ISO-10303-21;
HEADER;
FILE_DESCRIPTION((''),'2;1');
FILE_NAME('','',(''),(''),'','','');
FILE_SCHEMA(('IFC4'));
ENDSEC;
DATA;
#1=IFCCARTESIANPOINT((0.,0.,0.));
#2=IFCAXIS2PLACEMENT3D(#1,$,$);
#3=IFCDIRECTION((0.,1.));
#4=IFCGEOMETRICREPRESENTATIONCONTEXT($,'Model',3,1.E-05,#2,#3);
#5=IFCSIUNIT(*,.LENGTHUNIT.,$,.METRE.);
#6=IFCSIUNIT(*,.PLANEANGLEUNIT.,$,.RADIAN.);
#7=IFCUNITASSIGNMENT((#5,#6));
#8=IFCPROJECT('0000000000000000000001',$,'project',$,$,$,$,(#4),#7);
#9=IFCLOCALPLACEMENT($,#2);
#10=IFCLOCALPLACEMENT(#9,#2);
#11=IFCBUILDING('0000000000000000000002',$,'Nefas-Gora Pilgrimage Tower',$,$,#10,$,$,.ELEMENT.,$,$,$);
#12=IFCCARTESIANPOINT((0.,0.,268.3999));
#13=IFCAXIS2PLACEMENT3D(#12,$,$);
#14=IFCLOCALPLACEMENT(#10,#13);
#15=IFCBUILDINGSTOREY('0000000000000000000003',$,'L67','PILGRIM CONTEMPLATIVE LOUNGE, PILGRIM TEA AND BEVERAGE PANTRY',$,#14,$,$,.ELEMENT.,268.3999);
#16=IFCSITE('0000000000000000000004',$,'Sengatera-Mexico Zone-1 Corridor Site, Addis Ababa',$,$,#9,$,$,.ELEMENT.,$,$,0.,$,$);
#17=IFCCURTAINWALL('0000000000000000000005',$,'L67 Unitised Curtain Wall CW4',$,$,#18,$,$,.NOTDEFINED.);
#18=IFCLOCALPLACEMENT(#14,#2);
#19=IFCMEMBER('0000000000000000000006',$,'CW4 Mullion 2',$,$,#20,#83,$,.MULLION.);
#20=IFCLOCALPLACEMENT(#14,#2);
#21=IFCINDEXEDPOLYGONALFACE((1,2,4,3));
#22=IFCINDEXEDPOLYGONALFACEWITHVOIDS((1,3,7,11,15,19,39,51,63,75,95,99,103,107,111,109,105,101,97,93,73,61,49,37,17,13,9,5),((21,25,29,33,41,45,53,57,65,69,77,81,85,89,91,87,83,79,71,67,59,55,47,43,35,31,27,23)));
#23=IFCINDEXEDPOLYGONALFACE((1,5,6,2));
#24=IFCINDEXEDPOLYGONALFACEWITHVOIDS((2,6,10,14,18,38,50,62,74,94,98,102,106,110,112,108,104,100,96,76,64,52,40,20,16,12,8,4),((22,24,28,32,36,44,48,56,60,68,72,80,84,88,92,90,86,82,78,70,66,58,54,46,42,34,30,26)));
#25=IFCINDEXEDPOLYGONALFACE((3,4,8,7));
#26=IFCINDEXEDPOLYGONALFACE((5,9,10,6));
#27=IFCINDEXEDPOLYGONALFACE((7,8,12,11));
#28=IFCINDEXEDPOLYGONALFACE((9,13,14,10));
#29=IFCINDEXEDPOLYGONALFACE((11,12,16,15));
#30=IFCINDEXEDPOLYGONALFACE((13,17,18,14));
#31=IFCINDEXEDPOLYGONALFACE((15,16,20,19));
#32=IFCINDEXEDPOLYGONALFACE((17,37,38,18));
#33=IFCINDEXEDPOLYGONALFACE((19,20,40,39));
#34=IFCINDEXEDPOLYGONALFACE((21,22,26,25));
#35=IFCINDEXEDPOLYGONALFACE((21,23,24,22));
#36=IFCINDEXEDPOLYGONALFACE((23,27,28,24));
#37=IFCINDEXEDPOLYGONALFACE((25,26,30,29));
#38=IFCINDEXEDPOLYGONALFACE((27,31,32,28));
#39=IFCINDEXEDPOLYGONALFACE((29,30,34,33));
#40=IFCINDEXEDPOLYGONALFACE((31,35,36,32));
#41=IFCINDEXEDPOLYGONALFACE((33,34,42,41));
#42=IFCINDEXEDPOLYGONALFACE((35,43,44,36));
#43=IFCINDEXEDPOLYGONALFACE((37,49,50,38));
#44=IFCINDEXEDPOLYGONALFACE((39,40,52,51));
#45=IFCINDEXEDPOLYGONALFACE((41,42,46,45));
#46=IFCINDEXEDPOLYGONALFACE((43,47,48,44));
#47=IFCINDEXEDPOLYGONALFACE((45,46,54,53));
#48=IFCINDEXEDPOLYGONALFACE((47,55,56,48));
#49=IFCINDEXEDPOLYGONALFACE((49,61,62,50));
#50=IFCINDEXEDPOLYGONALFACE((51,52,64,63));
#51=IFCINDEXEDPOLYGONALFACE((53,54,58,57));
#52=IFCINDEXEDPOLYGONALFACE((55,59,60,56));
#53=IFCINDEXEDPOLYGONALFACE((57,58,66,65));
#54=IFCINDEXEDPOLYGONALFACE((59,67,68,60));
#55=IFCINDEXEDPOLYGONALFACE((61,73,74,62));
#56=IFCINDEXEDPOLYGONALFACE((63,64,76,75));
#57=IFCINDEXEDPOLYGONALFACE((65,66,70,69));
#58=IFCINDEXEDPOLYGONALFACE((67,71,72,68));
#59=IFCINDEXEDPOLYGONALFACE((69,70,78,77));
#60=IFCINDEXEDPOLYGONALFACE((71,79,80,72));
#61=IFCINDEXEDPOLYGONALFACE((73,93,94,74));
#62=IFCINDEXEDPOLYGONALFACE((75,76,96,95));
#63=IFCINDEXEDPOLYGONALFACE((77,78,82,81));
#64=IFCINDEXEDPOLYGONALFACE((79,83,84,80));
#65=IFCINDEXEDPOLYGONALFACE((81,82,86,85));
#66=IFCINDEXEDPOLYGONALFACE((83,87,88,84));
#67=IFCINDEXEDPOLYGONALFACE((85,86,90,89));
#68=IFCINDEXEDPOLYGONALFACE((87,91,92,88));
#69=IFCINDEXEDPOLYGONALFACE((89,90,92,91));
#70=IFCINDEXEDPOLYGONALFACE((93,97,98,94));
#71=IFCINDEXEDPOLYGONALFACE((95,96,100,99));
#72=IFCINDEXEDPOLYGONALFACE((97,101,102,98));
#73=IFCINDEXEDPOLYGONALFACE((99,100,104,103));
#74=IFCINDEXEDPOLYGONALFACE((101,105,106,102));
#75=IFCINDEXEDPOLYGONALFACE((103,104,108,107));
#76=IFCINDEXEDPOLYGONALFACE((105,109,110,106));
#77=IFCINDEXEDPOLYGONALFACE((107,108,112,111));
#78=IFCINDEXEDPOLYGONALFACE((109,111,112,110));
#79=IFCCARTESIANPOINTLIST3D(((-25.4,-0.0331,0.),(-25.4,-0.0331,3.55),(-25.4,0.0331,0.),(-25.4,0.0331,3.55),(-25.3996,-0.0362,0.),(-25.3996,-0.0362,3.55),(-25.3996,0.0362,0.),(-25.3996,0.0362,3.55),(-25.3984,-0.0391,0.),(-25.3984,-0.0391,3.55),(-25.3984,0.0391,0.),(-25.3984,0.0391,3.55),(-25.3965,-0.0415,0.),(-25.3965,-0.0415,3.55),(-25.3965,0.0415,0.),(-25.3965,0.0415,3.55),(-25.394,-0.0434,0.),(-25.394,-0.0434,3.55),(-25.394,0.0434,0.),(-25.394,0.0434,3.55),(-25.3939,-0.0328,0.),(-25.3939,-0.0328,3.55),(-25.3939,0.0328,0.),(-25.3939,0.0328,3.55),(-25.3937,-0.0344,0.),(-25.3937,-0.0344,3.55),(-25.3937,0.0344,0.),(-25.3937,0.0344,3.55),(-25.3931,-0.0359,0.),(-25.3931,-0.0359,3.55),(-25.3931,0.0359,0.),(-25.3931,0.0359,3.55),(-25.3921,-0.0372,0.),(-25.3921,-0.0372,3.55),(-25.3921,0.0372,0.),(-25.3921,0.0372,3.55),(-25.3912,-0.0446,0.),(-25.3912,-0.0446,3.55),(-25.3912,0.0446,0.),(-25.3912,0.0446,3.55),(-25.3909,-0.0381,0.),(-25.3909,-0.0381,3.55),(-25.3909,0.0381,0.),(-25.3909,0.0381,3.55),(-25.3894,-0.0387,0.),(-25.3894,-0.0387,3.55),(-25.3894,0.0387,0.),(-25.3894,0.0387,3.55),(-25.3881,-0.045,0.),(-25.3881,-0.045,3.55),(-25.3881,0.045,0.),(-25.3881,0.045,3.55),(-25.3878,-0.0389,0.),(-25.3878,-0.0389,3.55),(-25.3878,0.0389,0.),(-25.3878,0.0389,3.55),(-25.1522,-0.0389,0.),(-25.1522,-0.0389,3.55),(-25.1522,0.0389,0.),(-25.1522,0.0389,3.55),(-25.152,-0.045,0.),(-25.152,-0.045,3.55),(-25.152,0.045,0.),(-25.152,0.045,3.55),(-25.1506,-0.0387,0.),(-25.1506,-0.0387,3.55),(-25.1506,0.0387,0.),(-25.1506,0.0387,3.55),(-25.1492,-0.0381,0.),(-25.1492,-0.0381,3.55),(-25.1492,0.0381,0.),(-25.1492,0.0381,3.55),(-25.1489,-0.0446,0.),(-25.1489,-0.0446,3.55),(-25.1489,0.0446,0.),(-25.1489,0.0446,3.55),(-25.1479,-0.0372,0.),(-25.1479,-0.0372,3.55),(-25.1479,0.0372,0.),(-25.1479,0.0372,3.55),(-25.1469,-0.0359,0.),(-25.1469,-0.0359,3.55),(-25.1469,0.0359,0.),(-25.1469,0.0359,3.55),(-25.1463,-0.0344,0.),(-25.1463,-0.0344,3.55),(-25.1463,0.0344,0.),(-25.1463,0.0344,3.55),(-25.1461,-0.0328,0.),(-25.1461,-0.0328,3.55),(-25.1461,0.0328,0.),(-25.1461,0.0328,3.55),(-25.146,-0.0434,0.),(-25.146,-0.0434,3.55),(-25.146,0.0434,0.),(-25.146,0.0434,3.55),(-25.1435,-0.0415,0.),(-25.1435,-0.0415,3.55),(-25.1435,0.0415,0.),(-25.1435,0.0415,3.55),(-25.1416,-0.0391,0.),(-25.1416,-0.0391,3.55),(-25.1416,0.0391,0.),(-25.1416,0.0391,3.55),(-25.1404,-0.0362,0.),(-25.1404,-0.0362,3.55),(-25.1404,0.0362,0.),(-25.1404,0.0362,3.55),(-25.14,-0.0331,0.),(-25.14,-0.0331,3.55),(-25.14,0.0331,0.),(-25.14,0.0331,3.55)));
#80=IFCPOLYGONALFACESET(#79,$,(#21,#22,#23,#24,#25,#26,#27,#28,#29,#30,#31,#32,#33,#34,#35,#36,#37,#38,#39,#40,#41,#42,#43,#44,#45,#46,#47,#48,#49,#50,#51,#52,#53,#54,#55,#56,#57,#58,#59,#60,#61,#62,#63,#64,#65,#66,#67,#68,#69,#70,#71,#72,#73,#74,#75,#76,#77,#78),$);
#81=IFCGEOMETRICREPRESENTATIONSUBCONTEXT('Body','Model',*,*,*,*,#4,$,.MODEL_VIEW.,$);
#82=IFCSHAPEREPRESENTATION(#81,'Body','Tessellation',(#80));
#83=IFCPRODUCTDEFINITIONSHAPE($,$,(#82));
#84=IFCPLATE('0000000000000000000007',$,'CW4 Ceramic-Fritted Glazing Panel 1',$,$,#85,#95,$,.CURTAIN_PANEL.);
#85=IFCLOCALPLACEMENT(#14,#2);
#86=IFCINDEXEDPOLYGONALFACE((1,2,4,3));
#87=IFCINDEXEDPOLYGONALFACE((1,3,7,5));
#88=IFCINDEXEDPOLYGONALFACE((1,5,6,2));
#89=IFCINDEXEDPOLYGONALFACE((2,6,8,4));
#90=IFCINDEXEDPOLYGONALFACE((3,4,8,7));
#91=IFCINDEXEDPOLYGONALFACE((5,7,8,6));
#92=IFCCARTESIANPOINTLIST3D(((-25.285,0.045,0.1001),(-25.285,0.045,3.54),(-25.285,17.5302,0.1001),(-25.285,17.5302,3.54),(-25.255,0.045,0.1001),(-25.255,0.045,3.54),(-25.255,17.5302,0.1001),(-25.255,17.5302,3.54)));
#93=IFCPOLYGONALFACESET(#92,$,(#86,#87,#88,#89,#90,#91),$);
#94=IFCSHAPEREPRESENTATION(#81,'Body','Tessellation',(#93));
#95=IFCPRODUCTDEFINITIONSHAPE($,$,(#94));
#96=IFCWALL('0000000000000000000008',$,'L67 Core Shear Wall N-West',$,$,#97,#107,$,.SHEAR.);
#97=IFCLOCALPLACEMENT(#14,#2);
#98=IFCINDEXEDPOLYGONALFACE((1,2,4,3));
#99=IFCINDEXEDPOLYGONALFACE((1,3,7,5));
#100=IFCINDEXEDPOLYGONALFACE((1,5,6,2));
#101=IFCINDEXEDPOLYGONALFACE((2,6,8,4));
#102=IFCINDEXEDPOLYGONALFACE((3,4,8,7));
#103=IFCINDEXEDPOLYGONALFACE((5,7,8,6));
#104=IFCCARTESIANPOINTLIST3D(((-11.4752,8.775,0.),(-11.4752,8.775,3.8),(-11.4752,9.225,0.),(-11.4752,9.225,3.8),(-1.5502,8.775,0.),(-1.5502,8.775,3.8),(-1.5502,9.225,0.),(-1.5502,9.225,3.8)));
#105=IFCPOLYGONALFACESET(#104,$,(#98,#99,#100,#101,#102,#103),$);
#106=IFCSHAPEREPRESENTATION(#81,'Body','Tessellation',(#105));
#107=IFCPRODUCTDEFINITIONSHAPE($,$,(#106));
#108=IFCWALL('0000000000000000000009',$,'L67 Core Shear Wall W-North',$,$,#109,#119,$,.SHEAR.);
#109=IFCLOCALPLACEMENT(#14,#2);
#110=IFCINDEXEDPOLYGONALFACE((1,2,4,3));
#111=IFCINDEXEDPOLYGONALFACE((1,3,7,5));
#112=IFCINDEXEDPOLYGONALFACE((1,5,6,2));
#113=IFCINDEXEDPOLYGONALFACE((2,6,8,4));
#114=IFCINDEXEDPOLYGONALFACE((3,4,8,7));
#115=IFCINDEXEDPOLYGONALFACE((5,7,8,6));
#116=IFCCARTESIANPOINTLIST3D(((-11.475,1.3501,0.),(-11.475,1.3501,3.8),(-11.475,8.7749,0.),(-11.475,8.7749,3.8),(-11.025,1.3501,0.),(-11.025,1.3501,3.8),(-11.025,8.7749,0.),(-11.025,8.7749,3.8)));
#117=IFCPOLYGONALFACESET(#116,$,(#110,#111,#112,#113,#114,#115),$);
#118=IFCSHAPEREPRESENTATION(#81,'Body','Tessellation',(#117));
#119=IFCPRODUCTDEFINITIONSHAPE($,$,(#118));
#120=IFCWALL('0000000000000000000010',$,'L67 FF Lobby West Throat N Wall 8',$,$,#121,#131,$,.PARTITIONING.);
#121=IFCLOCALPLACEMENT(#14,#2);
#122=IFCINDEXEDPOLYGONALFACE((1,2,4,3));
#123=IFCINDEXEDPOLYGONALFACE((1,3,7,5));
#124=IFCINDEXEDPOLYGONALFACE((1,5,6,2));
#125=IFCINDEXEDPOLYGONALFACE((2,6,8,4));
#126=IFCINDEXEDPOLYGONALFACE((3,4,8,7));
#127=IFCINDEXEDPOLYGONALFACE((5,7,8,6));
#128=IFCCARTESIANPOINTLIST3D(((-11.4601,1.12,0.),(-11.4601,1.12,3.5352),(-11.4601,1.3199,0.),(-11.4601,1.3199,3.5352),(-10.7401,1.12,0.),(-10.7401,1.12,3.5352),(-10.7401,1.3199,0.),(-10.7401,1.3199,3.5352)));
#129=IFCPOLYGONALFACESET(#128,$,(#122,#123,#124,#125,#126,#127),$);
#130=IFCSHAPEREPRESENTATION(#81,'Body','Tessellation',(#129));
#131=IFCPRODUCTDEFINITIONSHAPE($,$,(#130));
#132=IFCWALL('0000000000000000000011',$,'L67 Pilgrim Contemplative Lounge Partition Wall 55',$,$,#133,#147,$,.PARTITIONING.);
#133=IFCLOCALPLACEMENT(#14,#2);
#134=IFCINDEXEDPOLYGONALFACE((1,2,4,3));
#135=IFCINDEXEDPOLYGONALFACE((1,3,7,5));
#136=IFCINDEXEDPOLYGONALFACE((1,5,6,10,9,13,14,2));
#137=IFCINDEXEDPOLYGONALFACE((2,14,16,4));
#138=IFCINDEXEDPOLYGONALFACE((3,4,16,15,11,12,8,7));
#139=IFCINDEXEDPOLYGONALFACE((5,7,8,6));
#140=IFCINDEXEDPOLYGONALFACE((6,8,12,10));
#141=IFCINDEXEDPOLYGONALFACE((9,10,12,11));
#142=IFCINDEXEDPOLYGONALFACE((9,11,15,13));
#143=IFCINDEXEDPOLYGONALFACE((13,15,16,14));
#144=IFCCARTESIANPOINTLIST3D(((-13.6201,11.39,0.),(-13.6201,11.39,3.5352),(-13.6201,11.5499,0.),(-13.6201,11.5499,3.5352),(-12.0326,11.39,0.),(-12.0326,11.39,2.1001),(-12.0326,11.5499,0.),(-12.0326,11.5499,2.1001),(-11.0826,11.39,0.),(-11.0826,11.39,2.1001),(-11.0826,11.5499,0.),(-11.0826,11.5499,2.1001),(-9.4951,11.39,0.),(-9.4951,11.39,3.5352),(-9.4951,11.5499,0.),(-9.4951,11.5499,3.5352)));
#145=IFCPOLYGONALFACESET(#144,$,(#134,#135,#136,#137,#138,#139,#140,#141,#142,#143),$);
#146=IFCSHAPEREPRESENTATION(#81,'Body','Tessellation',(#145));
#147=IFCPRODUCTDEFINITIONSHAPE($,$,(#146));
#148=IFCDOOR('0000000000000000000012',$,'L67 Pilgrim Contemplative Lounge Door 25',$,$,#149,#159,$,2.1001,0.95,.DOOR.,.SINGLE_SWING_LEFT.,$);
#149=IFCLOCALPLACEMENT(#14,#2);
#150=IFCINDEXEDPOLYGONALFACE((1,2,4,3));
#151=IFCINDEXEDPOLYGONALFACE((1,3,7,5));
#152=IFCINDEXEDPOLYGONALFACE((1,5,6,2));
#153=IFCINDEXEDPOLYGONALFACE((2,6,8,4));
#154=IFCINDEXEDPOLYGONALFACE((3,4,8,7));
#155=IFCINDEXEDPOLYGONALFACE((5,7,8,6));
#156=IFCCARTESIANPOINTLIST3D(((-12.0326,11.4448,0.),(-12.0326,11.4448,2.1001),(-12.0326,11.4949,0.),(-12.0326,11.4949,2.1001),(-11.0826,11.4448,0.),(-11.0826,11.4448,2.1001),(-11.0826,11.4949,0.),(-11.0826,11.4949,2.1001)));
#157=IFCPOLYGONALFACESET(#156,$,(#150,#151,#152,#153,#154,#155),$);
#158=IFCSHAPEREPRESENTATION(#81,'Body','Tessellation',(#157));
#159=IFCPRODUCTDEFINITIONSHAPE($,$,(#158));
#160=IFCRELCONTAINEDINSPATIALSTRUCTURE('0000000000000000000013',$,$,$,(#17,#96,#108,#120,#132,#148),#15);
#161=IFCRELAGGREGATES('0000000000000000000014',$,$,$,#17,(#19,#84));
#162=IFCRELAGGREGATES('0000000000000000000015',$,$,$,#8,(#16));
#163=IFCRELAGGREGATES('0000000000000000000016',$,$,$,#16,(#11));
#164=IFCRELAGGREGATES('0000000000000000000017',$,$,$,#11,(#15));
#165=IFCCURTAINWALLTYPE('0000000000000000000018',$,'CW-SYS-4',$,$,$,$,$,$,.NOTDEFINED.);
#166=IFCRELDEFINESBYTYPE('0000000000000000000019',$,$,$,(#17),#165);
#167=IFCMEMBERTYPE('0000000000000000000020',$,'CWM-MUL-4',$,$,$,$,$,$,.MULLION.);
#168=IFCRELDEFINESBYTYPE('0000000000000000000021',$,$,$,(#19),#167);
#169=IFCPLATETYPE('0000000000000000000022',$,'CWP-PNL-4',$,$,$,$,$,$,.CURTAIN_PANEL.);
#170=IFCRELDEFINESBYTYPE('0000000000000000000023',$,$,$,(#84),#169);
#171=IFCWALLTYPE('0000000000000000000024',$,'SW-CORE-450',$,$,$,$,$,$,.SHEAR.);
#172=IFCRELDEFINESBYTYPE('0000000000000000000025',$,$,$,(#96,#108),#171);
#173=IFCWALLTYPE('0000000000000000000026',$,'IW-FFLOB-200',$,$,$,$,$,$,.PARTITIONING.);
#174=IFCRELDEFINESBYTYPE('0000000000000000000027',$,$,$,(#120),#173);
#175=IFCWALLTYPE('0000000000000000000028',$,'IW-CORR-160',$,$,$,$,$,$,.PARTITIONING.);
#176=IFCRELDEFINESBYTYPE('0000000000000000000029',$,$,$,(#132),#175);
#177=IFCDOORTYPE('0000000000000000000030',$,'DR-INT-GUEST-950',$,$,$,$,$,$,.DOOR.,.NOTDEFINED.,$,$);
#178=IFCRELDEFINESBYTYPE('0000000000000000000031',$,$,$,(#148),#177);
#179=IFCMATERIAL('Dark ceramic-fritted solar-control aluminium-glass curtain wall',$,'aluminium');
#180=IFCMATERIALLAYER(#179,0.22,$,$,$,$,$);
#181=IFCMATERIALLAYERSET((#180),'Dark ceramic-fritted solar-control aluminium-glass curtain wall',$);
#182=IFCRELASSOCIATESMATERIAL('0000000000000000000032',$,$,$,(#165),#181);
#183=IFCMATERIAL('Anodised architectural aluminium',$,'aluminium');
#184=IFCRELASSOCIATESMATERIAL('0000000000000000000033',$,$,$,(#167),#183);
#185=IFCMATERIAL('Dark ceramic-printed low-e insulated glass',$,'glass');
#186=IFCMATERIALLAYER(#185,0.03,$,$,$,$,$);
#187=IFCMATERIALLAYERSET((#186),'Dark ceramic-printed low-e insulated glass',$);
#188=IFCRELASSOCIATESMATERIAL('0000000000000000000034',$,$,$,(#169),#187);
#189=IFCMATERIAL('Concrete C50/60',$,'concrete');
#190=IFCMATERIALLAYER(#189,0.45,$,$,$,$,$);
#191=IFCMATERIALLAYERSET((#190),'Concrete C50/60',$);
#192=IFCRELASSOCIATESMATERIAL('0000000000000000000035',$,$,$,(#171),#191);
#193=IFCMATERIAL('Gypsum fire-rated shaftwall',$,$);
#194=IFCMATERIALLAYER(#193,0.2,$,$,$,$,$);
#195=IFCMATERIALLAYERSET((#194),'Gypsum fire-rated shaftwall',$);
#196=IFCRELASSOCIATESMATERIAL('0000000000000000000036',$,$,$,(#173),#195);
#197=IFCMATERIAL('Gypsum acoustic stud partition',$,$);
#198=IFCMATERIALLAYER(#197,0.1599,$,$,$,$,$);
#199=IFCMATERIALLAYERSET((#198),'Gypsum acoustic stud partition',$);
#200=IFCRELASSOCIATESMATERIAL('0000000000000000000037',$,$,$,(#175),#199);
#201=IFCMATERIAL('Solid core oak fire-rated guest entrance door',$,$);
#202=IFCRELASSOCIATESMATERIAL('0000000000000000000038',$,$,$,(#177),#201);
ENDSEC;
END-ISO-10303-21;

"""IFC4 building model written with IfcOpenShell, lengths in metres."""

from ifc_helpers import new_model, si_unit, direction, frame, frame_2d, origin, origin_2d, place, context, subcontext, project, spatial, rectangle, hollow_rectangle, extrude, source, transform, mapped, material, layer, layer_set, material_profile, profile_set, type_object, element, fill, aggregate, save


model = new_model("IFC4")

# Units and contexts
model_context = context("Model", 3, precision=1e-05, world=origin(), true_north=direction((0.0, 1.0)))
body_context = subcontext(model_context, "Body", "Model", "MODEL_VIEW")
ifc_project = project(units=[si_unit("LENGTHUNIT", "METRE"), si_unit("PLANEANGLEUNIT", "RADIAN")], contexts=[model_context])

# Site, building, storey
site_placement = place(None, origin())
site = spatial("IfcSite", under=ifc_project, at=site_placement, Name="Sengatera-Mexico Zone-1 Corridor Site, Addis Ababa", CompositionType="ELEMENT", RefElevation=0.0)
building_placement = place(site_placement, origin())
building = spatial("IfcBuilding", under=site, at=building_placement, Name="Nefas-Gora Pilgrimage Tower", CompositionType="ELEMENT")
storey_placement = place(building_placement, frame((0.0, 0.0, 268.3999)))
storey = spatial("IfcBuildingStorey", under=building, at=storey_placement, Name="L67", Description="PILGRIM CONTEMPLATIVE LOUNGE, PILGRIM TEA AND BEVERAGE PANTRY", CompositionType="ELEMENT", Elevation=268.3999)

# Curtain wall, member, plate
ifc_material_1 = material(Name="Dark ceramic-fritted solar-control aluminium-glass curtain wall", Category="aluminium")
ifc_layer_1 = layer(ifc_material_1, 0.22)
ifc_layer_set_1 = layer_set([ifc_layer_1], Name="Dark ceramic-fritted solar-control aluminium-glass curtain wall")
curtain_wall_type = type_object("IfcCurtainWallType", Name="CW-SYS-4", PredefinedType="NOTDEFINED", material=ifc_layer_set_1)
curtain_wall_placement = place(storey_placement, origin())
curtain_wall = element("IfcCurtainWall", 1, at=curtain_wall_placement, inside=storey, type_object=curtain_wall_type, Name="L67 Unitised Curtain Wall CW4", PredefinedType="NOTDEFINED")
ifc_material_2 = material(Name="Anodised architectural aluminium", Category="aluminium")
ifc_material_profile_1 = material_profile(ifc_material_2, hollow_rectangle(XDim=0.0901, YDim=0.26, WallThickness=0.0061, InnerFilletRadius=0.0061, OuterFilletRadius=0.012, at=origin_2d()), Name="ALU MULLION 90x260")
ifc_profile_set_1 = profile_set([ifc_material_profile_1], Name="Anodised architectural aluminium")
member_type = type_object("IfcMemberType", Name="CWM-MUL-4", PredefinedType="MULLION", material=ifc_profile_set_1)
shared_shape_1 = source(origin(), body_context, "Body", "SweptSolid", [
    extrude(hollow_rectangle(XDim=0.0901, YDim=0.26, WallThickness=0.0061, InnerFilletRadius=0.0061, OuterFilletRadius=0.012, at=origin_2d()), origin(), (0.0, 0.0, 1.0), 3.55),
])
member_placement = place(storey_placement, frame((-25.27, 0.0, 0.0), z_axis=(0.0, 0.0, 1.0), x_axis=(0.0, -1.0, 0.0)))
member = element("IfcMember", 2, at=member_placement, type_object=member_type, Name="CW4 Mullion 2", PredefinedType="MULLION", context=body_context, shape_type="MappedRepresentation", body=[
    mapped(shared_shape_1, transform((0.0, 0.0, 0.0), x_axis=(1.0, 0.0, 0.0), y_axis=(0.0, 1.0, 0.0), z_axis=(0.0, 0.0, 1.0), scale=1.0)),
])
ifc_material_3 = material(Name="Dark ceramic-printed low-e insulated glass", Category="glass")
ifc_layer_2 = layer(ifc_material_3, 0.03)
ifc_layer_set_2 = layer_set([ifc_layer_2], Name="Dark ceramic-printed low-e insulated glass")
plate_type = type_object("IfcPlateType", Name="CWP-PNL-4", PredefinedType="CURTAIN_PANEL", material=ifc_layer_set_2)
shared_shape_2 = source(origin(), body_context, "Body", "SweptSolid", [
    extrude(rectangle(XDim=17.4851, YDim=0.03, at=origin_2d()), origin(), (0.0, 0.0, 1.0), 3.4399),
])
plate_placement = place(storey_placement, frame((-25.27, 8.7876, 0.1001), z_axis=(0.0, 0.0, 1.0), x_axis=(0.0, -1.0, 0.0)))
plate = element("IfcPlate", 3, at=plate_placement, type_object=plate_type, Name="CW4 Ceramic-Fritted Glazing Panel 1", PredefinedType="CURTAIN_PANEL", context=body_context, shape_type="MappedRepresentation", body=[
    mapped(shared_shape_2, transform((0.0, 0.0, 0.0), x_axis=(1.0, 0.0, 0.0), y_axis=(0.0, 1.0, 0.0), z_axis=(0.0, 0.0, 1.0), scale=1.0)),
])
aggregate(curtain_wall, [member, plate])

# Walls
ifc_material_4 = material(Name="Concrete C50/60", Category="concrete")
ifc_layer_3 = layer(ifc_material_4, 0.45)
ifc_layer_set_3 = layer_set([ifc_layer_3], Name="Concrete C50/60")
wall_type_1 = type_object("IfcWallType", Name="SW-CORE-450", PredefinedType="SHEAR", material=ifc_layer_set_3)
shared_shape_3 = source(origin(), body_context, "Body", "SweptSolid", [
    extrude(rectangle(XDim=9.925, YDim=0.45, at=frame_2d((4.9624, 0.0))), origin(), (0.0, 0.0, 1.0), 3.8),
])
wall_1_placement = place(storey_placement, frame((-11.4751, 9.0, 0.0), z_axis=(0.0, 0.0, 1.0), x_axis=(1.0, 0.0, 0.0)))
element("IfcWall", 4, at=wall_1_placement, inside=storey, type_object=wall_type_1, Name="L67 Core Shear Wall N-West", PredefinedType="SHEAR", context=body_context, shape_type="MappedRepresentation", body=[
    mapped(shared_shape_3, transform((0.0, 0.0, 0.0), x_axis=(1.0, 0.0, 0.0), y_axis=(0.0, 1.0, 0.0), z_axis=(0.0, 0.0, 1.0), scale=1.0)),
])
shared_shape_4 = source(origin(), body_context, "Body", "SweptSolid", [
    extrude(rectangle(XDim=7.4248, YDim=0.45, at=frame_2d((3.7124, 0.0))), origin(), (0.0, 0.0, 1.0), 3.8),
])
wall_2_placement = place(storey_placement, frame((-11.25, 1.3501, 0.0), z_axis=(0.0, 0.0, 1.0), x_axis=(0.0, 1.0, 0.0)))
element("IfcWall", 5, at=wall_2_placement, inside=storey, type_object=wall_type_1, Name="L67 Core Shear Wall W-North", PredefinedType="SHEAR", context=body_context, shape_type="MappedRepresentation", body=[
    mapped(shared_shape_4, transform((0.0, 0.0, 0.0), x_axis=(1.0, 0.0, 0.0), y_axis=(0.0, 1.0, 0.0), z_axis=(0.0, 0.0, 1.0), scale=1.0)),
])
ifc_material_5 = material(Name="Gypsum fire-rated shaftwall")
ifc_layer_4 = layer(ifc_material_5, 0.2)
ifc_layer_set_4 = layer_set([ifc_layer_4], Name="Gypsum fire-rated shaftwall")
wall_type_2 = type_object("IfcWallType", Name="IW-FFLOB-200", PredefinedType="PARTITIONING", material=ifc_layer_set_4)
shared_shape_5 = source(origin(), body_context, "Body", "SweptSolid", [
    extrude(rectangle(XDim=0.72, YDim=0.2, at=frame_2d((0.3599, 0.0))), origin(), (0.0, 0.0, 1.0), 3.5352),
])
wall_3_placement = place(storey_placement, frame((-11.46, 1.22, 0.0), z_axis=(0.0, 0.0, 1.0), x_axis=(1.0, 0.0, 0.0)))
element("IfcWall", 6, at=wall_3_placement, inside=storey, type_object=wall_type_2, Name="L67 FF Lobby West Throat N Wall 8", PredefinedType="PARTITIONING", context=body_context, shape_type="MappedRepresentation", body=[
    mapped(shared_shape_5, transform((0.0, 0.0, 0.0), x_axis=(1.0, 0.0, 0.0), y_axis=(0.0, 1.0, 0.0), z_axis=(0.0, 0.0, 1.0), scale=1.0)),
])

# Wall, opening, door
ifc_material_6 = material(Name="Gypsum acoustic stud partition")
ifc_layer_5 = layer(ifc_material_6, 0.1599)
ifc_layer_set_5 = layer_set([ifc_layer_5], Name="Gypsum acoustic stud partition")
wall_type_3 = type_object("IfcWallType", Name="IW-CORR-160", PredefinedType="PARTITIONING", material=ifc_layer_set_5)
shared_shape_6 = source(origin(), body_context, "Body", "SweptSolid", [
    extrude(rectangle(XDim=4.125, YDim=0.1599, at=frame_2d((2.0625, 0.0))), origin(), (0.0, 0.0, 1.0), 3.5352),
])
wall_4_placement = place(storey_placement, frame((-13.6201, 11.47, 0.0), z_axis=(0.0, 0.0, 1.0), x_axis=(1.0, 0.0, 0.0)))
wall_4 = element("IfcWall", 7, at=wall_4_placement, inside=storey, type_object=wall_type_3, Name="L67 Pilgrim Contemplative Lounge Partition Wall 55", PredefinedType="PARTITIONING", context=body_context, shape_type="MappedRepresentation", body=[
    mapped(shared_shape_6, transform((0.0, 0.0, 0.0), x_axis=(1.0, 0.0, 0.0), y_axis=(0.0, 1.0, 0.0), z_axis=(0.0, 0.0, 1.0), scale=1.0)),
])
opening_1_placement = place(wall_4_placement, frame((1.5874, 0.0, 0.0)))
opening_1 = element("IfcOpeningElement", 8, at=opening_1_placement, cuts=wall_4, PredefinedType="OPENING", context=body_context, shape_type="SweptSolid", body=[
    extrude(rectangle(XDim=0.95, YDim=2.1001, at=frame_2d((0.4751, 1.05))), frame((0.0, 0.0898, 0.0), z_axis=(0.0, -1.0, 0.0), x_axis=(1.0, 0.0, 0.0)), (0.0, 0.0, 1.0), 0.1799),
])
ifc_material_7 = material(Name="Solid core oak fire-rated guest entrance door")
door_type = type_object("IfcDoorType", Name="DR-INT-GUEST-950", OperationType="NOTDEFINED", PredefinedType="DOOR", material=ifc_material_7)
shared_shape_7 = source(origin(), body_context, "Body", "SweptSolid", [
    extrude(rectangle(XDim=0.95, YDim=2.1001, at=frame_2d((0.4751, 1.05))), frame((0.0, 0.0249, 0.0), z_axis=(0.0, -1.0, 0.0), x_axis=(1.0, 0.0, 0.0)), (0.0, 0.0, 1.0), 0.05),
])
door_1_placement = place(opening_1_placement, origin())
door_1 = element("IfcDoor", 9, at=door_1_placement, inside=storey, type_object=door_type, Name="L67 Pilgrim Contemplative Lounge Door 25", OperationType="SINGLE_SWING_LEFT", OverallHeight=2.1001, OverallWidth=0.95, PredefinedType="DOOR", context=body_context, shape_type="MappedRepresentation", body=[
    mapped(shared_shape_7, transform((0.0, 0.0, 0.0), x_axis=(1.0, 0.0, 0.0), y_axis=(0.0, 1.0, 0.0), z_axis=(0.0, 0.0, 1.0), scale=1.0)),
])
fill(opening_1, door_1)

save(model, "model.ifc")
